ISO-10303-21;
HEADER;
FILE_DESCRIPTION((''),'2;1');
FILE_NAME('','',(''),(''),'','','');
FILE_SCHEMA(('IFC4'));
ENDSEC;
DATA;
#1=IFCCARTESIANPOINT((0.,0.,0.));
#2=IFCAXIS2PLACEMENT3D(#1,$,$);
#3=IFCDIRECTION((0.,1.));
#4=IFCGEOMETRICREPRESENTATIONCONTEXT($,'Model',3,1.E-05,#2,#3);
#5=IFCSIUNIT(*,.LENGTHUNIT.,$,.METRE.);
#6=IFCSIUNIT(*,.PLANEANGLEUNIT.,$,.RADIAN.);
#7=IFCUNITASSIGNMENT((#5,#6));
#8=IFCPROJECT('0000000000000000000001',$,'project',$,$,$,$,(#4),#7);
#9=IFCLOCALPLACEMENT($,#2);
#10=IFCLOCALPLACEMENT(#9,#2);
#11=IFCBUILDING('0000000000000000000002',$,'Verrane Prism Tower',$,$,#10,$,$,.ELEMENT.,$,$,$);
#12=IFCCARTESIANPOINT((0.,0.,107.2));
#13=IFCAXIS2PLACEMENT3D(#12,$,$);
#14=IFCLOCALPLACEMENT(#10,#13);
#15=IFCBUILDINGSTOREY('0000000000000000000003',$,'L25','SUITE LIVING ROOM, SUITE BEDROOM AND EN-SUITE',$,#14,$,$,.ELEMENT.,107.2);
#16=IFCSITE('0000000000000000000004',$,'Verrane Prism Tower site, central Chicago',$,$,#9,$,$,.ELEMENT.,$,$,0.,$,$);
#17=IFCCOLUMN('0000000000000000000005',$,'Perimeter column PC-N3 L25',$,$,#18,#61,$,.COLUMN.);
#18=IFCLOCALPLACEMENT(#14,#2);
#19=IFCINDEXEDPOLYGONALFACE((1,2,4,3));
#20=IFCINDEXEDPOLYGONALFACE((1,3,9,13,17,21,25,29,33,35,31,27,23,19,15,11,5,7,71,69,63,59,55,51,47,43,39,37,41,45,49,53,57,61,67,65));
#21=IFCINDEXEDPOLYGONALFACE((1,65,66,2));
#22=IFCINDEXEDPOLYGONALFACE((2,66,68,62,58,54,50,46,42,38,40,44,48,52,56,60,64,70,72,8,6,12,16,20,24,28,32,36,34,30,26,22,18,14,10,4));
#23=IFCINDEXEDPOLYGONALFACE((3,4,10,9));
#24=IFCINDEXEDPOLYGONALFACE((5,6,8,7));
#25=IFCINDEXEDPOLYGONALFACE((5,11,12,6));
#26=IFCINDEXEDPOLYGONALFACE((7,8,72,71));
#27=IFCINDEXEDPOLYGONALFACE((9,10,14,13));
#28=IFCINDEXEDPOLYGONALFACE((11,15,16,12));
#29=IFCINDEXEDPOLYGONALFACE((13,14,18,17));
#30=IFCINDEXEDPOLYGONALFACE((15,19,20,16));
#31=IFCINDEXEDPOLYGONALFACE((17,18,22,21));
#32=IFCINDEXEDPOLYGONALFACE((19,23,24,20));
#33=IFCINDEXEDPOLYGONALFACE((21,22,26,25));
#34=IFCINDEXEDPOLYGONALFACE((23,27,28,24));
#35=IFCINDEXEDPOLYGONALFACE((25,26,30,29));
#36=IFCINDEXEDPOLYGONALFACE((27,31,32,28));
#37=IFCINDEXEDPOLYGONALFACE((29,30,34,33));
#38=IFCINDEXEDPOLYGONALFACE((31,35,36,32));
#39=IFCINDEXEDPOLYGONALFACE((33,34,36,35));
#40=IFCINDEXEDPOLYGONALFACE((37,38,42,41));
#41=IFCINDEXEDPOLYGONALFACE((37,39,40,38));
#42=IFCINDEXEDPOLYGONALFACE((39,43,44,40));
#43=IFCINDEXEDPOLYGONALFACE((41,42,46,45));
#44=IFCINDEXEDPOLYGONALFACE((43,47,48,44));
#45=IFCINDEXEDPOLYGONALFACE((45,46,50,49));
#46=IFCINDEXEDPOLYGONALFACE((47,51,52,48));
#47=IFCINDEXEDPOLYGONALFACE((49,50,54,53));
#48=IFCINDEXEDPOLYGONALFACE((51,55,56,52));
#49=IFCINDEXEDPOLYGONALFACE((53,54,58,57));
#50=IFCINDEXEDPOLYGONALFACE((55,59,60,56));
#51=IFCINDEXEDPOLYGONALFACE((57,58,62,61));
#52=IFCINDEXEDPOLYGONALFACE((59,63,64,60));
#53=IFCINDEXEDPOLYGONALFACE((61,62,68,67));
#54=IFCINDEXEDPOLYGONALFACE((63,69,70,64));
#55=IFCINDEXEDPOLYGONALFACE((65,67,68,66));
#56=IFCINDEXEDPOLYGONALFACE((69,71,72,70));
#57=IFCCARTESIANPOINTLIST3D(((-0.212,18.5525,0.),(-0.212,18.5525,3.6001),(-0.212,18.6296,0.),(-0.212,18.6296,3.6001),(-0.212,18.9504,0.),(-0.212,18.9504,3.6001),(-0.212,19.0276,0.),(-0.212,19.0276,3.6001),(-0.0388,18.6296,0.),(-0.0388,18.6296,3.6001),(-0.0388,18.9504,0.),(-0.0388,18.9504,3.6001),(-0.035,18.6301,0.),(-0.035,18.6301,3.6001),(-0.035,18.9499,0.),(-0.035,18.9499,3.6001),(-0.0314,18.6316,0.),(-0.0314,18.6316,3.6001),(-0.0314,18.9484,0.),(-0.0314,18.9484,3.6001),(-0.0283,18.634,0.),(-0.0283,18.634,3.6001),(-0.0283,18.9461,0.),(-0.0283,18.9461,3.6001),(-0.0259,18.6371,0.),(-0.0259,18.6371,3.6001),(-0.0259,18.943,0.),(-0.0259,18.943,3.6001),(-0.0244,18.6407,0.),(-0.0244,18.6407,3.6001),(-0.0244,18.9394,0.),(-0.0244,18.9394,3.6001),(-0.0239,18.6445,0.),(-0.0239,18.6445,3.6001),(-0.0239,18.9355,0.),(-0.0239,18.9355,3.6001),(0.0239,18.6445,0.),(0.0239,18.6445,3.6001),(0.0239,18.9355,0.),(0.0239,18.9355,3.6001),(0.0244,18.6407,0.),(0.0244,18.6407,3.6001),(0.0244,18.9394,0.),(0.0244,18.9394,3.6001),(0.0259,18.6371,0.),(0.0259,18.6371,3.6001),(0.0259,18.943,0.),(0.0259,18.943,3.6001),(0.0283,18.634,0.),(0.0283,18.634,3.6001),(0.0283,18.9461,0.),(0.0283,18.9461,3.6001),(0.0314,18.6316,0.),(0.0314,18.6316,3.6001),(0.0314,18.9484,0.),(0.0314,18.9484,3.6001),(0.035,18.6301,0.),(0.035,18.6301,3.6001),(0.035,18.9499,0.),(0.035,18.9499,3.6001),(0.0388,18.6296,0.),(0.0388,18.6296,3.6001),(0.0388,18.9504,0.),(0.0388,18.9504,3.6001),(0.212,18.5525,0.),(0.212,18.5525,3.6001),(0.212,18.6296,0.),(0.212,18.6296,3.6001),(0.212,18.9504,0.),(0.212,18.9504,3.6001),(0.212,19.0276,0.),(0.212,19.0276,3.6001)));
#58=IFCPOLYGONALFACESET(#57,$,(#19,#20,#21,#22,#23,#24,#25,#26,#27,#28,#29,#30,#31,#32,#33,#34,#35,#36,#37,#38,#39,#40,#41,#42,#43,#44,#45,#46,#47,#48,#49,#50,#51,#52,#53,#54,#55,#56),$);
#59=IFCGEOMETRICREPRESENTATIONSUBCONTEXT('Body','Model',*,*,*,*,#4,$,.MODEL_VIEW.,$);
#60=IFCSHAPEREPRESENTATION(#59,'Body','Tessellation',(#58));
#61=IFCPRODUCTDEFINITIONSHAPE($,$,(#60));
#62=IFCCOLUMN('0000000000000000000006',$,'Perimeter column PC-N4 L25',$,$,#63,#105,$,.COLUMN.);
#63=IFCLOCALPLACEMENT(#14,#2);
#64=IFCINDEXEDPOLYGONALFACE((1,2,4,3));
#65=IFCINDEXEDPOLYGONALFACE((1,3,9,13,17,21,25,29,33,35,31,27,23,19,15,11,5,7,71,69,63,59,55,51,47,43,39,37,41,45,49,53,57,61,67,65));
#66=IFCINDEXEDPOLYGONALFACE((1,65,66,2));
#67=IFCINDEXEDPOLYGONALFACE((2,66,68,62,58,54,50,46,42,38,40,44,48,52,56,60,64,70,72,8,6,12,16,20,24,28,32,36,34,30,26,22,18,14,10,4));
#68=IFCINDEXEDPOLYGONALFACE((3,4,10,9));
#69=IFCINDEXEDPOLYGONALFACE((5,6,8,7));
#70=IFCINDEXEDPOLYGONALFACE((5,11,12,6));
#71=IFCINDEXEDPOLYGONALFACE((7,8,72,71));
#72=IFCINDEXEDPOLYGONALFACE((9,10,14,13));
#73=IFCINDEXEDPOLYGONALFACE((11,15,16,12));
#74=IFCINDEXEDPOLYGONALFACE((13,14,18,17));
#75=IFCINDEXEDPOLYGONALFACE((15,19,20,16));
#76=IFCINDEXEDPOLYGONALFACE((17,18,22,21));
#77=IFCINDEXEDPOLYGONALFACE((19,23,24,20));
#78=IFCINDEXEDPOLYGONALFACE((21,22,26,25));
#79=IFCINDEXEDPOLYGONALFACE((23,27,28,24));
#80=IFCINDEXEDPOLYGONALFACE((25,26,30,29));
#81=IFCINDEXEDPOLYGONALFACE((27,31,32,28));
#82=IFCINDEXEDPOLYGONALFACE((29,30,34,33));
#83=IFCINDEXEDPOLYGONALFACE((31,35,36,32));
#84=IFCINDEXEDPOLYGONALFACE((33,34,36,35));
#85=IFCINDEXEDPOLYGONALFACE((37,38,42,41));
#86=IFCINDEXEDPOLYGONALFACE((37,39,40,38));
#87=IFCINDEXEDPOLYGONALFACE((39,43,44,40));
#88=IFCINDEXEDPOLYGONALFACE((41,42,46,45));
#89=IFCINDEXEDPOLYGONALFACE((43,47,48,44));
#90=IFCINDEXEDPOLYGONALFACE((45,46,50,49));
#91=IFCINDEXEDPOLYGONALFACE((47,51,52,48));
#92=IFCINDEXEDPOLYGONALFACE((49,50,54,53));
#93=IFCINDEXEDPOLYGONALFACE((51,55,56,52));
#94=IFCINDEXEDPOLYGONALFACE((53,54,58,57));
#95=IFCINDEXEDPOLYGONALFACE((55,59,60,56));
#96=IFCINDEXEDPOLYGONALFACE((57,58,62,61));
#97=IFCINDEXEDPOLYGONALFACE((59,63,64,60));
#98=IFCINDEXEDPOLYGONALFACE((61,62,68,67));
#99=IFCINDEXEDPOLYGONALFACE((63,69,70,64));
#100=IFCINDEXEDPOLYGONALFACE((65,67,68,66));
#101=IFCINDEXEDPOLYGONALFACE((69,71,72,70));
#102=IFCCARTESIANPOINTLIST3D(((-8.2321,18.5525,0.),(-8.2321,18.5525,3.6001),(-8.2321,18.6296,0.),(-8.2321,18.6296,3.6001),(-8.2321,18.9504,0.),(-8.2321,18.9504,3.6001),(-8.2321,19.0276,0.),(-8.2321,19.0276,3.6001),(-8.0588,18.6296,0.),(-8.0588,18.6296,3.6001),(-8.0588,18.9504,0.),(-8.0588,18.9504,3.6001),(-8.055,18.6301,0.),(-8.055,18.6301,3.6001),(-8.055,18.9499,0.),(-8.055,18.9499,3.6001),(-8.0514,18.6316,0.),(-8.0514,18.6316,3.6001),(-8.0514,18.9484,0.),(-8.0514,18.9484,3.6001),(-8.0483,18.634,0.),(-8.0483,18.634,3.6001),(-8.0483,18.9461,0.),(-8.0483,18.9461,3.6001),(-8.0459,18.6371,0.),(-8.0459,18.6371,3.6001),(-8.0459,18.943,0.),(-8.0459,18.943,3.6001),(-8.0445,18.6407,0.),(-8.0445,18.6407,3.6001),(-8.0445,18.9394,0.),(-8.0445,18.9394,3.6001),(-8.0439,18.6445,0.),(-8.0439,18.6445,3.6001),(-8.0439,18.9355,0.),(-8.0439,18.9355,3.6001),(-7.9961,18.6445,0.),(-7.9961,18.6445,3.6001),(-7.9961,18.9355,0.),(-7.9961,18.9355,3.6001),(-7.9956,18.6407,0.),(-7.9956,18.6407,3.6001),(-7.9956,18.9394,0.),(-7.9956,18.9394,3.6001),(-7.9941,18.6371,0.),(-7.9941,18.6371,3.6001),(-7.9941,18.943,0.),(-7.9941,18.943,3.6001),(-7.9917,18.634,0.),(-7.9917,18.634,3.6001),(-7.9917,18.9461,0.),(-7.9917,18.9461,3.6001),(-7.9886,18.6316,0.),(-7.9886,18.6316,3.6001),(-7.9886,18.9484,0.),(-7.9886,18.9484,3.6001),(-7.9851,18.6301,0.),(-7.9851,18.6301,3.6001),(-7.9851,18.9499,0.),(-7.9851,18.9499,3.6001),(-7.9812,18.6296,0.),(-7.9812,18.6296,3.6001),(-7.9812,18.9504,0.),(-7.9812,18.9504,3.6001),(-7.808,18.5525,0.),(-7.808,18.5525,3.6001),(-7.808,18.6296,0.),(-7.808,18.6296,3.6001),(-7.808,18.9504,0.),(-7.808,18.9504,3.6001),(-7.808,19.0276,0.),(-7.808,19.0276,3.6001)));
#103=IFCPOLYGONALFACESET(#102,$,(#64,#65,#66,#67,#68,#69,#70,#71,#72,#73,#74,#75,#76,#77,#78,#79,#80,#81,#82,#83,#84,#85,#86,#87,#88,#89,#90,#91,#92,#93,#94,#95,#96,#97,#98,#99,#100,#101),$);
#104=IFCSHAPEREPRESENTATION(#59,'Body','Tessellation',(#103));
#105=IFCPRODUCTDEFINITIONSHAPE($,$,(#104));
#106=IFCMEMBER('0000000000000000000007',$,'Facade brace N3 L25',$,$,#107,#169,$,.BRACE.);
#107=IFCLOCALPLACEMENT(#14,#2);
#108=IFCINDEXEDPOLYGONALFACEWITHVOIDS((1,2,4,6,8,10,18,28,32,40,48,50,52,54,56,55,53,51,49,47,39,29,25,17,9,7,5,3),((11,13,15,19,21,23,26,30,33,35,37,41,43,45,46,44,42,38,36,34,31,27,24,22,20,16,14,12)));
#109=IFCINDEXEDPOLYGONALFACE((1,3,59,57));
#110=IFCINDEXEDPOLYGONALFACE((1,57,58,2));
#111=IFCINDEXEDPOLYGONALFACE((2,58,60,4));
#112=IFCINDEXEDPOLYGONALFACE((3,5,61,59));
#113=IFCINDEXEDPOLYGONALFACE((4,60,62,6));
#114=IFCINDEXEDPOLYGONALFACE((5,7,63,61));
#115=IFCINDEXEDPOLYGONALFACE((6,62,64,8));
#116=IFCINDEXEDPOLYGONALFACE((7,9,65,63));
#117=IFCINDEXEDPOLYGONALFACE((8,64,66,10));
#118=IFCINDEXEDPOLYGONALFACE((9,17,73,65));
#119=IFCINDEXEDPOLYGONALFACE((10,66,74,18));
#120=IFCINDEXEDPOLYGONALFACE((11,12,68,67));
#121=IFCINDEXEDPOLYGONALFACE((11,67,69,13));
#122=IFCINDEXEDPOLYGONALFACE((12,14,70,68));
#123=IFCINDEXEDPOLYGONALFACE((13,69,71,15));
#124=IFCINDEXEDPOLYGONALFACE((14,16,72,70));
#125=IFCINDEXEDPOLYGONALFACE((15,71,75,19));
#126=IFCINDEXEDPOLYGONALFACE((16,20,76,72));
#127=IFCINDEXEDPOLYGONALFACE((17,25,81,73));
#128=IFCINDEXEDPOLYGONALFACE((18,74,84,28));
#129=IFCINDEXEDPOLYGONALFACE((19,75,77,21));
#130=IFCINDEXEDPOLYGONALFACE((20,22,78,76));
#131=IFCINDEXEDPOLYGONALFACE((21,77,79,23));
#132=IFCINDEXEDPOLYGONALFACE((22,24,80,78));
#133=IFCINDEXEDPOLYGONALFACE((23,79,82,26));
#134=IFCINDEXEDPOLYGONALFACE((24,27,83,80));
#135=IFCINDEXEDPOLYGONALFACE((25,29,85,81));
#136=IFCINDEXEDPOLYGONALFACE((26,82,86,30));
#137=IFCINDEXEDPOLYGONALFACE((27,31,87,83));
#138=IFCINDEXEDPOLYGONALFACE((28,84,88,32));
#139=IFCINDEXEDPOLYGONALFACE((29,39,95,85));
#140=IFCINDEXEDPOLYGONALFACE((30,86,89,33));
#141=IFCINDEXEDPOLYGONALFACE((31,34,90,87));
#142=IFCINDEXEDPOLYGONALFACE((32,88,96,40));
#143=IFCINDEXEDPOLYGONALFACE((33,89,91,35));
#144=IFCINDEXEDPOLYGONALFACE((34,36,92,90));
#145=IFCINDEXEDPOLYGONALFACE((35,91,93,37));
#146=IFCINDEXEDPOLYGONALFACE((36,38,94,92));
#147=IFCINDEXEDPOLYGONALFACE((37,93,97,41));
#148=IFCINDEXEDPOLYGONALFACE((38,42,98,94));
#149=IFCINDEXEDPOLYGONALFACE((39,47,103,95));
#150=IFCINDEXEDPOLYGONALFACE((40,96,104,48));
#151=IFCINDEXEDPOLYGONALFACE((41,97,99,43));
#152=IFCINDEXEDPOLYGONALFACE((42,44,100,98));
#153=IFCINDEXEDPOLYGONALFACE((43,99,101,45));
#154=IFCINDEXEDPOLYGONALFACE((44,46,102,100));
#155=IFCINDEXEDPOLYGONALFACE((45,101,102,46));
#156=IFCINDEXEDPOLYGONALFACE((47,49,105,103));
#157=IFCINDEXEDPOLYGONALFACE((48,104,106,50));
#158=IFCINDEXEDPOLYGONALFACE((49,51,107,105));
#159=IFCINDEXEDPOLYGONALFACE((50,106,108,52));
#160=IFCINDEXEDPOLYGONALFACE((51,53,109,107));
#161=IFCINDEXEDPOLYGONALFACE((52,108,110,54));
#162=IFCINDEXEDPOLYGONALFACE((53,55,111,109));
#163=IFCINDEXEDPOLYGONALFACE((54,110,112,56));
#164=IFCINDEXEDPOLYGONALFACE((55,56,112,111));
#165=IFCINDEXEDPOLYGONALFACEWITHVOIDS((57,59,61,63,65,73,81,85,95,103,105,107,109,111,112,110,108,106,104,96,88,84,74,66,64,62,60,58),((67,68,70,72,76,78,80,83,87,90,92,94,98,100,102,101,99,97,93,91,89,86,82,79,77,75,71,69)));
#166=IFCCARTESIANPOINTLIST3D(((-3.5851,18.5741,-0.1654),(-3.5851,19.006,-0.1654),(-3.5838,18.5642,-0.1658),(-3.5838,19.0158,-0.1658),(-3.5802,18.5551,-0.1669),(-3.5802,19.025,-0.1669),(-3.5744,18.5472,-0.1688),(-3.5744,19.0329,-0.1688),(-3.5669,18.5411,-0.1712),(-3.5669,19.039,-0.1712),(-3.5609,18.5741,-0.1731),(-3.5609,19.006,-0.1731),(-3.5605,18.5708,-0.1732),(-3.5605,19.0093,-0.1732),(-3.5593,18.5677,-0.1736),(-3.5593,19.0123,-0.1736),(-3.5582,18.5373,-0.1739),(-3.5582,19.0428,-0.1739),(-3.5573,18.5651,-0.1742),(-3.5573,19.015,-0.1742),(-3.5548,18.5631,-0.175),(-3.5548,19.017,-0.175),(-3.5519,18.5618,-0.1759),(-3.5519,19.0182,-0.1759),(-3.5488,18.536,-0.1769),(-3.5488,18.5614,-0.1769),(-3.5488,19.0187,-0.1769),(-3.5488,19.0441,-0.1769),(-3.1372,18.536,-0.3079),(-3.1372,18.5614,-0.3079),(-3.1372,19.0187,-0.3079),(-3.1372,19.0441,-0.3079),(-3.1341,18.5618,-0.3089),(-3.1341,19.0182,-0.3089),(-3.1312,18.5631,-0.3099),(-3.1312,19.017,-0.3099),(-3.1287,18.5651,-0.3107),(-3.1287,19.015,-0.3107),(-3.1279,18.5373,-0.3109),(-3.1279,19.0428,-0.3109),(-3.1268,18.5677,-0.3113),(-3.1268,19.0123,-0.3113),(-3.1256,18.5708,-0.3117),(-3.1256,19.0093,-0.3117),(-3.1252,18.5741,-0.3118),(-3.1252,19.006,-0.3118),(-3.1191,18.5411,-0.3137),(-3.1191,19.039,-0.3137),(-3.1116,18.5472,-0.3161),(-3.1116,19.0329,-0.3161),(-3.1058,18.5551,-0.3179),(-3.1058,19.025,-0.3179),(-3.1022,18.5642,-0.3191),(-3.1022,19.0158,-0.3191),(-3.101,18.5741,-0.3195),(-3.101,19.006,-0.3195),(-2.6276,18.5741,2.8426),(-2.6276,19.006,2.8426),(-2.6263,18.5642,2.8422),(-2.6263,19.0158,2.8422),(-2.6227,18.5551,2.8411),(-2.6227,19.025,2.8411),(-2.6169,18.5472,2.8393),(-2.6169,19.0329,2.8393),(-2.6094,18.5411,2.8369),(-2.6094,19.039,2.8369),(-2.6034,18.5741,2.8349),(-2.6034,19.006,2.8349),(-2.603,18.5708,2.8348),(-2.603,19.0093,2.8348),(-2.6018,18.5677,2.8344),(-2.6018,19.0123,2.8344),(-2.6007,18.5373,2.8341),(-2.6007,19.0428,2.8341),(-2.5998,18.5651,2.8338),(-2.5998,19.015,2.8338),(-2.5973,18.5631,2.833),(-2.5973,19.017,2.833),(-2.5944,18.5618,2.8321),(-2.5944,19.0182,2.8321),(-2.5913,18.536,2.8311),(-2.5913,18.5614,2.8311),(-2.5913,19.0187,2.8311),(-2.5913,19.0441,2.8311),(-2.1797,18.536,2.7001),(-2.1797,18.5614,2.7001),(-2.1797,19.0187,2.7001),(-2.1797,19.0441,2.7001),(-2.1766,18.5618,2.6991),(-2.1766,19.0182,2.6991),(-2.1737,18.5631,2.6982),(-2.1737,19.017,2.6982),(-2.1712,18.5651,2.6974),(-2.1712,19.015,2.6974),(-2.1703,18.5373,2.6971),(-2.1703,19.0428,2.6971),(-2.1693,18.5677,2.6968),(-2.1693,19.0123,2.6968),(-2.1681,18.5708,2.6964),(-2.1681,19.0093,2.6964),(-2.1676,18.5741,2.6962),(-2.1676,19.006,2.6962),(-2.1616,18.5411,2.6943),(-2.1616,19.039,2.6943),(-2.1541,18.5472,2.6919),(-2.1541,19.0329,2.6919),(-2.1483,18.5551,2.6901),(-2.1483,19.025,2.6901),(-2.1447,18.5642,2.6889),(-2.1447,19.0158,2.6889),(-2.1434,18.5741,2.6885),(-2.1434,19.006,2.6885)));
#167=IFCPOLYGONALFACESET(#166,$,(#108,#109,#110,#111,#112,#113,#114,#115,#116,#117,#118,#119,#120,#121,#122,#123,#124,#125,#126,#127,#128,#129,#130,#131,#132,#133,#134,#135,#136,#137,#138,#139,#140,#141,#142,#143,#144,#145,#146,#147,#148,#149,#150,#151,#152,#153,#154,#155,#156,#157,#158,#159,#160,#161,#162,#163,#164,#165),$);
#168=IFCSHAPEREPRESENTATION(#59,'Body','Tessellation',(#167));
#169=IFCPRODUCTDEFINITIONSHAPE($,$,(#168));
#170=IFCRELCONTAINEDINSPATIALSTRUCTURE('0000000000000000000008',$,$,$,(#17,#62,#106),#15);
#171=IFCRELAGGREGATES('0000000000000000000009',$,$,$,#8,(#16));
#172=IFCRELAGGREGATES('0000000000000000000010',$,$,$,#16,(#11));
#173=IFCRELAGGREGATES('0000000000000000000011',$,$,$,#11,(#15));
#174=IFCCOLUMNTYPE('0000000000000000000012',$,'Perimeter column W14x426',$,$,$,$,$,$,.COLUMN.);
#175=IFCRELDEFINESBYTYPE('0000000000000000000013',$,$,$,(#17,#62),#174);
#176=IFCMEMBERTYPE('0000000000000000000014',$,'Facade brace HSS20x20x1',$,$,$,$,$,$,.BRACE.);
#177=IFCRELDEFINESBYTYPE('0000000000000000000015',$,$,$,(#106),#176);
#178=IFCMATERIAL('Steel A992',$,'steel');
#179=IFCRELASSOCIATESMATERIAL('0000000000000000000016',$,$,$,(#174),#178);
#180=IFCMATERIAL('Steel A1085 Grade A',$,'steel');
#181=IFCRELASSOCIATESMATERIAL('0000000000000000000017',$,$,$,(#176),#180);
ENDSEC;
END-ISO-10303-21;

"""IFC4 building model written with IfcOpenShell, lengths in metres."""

from ifc_helpers import new_model, si_unit, direction, frame, origin, origin_2d, place, context, subcontext, project, spatial, hollow_rectangle, i_section, extrude, material, material_profile, profile_set, type_object, element, save


model = new_model("IFC4")

# Units and contexts
model_context = context("Model", 3, precision=1e-05, world=origin(), true_north=direction((0.0, 1.0)))
body_context = subcontext(model_context, "Body", "Model", "MODEL_VIEW")
ifc_project = project(units=[si_unit("LENGTHUNIT", "METRE"), si_unit("PLANEANGLEUNIT", "RADIAN")], contexts=[model_context])

# Site, building, storey
site_placement = place(None, origin())
site = spatial("IfcSite", under=ifc_project, at=site_placement, Name="Verrane Prism Tower site, central Chicago", CompositionType="ELEMENT", RefElevation=0.0)
building_placement = place(site_placement, origin())
building = spatial("IfcBuilding", under=site, at=building_placement, Name="Verrane Prism Tower", CompositionType="ELEMENT")
storey_placement = place(building_placement, frame((0.0, 0.0, 107.2)))
storey = spatial("IfcBuildingStorey", under=building, at=storey_placement, Name="L25", Description="SUITE LIVING ROOM, SUITE BEDROOM AND EN-SUITE", CompositionType="ELEMENT", Elevation=107.2)

# Columns
ifc_material_1 = material(Name="Steel A992", Category="steel")
ifc_material_profile_1 = material_profile(ifc_material_1, i_section(OverallWidth=0.4241, OverallDepth=0.4751, WebThickness=0.0479, FlangeThickness=0.0771, FilletRadius=0.0149, at=origin_2d()), Name="W14x426")
ifc_profile_set_1 = profile_set([ifc_material_profile_1], Name="Steel A992")
column_type = type_object("IfcColumnType", Name="Perimeter column W14x426", PredefinedType="COLUMN", material=ifc_profile_set_1)
for number, where, z_axis, x_axis, name in (
    (1, (0.0, 18.79, 0.0), (0.0, 0.0, 1.0), (1.0, 0.0, 0.0), "Perimeter column PC-N3 L25"),
    (2, (-8.02, 18.79, 0.0), (0.0, 0.0, 1.0), (1.0, 0.0, 0.0), "Perimeter column PC-N4 L25"),
):
    element("IfcColumn", number, at=place(storey_placement, frame(where, z_axis=z_axis, x_axis=x_axis)), inside=storey, type_object=column_type, Name=name, PredefinedType="COLUMN", context=body_context, shape_type="SweptSolid", body=[
        extrude(i_section(OverallWidth=0.4241, OverallDepth=0.4751, WebThickness=0.0479, FlangeThickness=0.0771, FilletRadius=0.0149, at=origin_2d()), origin(), (0.0, 0.0, 1.0), 3.6001),
    ])

# Member
ifc_material_2 = material(Name="Steel A1085 Grade A", Category="steel")
ifc_material_profile_2 = material_profile(ifc_material_2, hollow_rectangle(XDim=0.5081, YDim=0.5081, WallThickness=0.0254, InnerFilletRadius=0.0127, OuterFilletRadius=0.0381, at=origin_2d()), Name="HSS20x20x1")
ifc_profile_set_2 = profile_set([ifc_material_profile_2], Name="Steel A1085 Grade A")
member_type_1 = type_object("IfcMemberType", Name="Facade brace HSS20x20x1", PredefinedType="BRACE", material=ifc_profile_set_2)
for number, where, z_axis, x_axis, name in (
    (3, (-3.343, 18.79, -0.2424), (0.303322, 0.0, 0.952888), (0.0, 1.0, 0.0), "Facade brace N3 L25"),
):
    element("IfcMember", number, at=place(storey_placement, frame(where, z_axis=z_axis, x_axis=x_axis)), inside=storey, type_object=member_type_1, Name=name, PredefinedType="BRACE", context=body_context, shape_type="SweptSolid", body=[
        extrude(hollow_rectangle(XDim=0.5081, YDim=0.5081, WallThickness=0.0254, InnerFilletRadius=0.0127, OuterFilletRadius=0.0381, at=origin_2d()), origin(), (0.0, 0.0, 1.0), 3.1567),
    ])

save(model, "model.ifc")
